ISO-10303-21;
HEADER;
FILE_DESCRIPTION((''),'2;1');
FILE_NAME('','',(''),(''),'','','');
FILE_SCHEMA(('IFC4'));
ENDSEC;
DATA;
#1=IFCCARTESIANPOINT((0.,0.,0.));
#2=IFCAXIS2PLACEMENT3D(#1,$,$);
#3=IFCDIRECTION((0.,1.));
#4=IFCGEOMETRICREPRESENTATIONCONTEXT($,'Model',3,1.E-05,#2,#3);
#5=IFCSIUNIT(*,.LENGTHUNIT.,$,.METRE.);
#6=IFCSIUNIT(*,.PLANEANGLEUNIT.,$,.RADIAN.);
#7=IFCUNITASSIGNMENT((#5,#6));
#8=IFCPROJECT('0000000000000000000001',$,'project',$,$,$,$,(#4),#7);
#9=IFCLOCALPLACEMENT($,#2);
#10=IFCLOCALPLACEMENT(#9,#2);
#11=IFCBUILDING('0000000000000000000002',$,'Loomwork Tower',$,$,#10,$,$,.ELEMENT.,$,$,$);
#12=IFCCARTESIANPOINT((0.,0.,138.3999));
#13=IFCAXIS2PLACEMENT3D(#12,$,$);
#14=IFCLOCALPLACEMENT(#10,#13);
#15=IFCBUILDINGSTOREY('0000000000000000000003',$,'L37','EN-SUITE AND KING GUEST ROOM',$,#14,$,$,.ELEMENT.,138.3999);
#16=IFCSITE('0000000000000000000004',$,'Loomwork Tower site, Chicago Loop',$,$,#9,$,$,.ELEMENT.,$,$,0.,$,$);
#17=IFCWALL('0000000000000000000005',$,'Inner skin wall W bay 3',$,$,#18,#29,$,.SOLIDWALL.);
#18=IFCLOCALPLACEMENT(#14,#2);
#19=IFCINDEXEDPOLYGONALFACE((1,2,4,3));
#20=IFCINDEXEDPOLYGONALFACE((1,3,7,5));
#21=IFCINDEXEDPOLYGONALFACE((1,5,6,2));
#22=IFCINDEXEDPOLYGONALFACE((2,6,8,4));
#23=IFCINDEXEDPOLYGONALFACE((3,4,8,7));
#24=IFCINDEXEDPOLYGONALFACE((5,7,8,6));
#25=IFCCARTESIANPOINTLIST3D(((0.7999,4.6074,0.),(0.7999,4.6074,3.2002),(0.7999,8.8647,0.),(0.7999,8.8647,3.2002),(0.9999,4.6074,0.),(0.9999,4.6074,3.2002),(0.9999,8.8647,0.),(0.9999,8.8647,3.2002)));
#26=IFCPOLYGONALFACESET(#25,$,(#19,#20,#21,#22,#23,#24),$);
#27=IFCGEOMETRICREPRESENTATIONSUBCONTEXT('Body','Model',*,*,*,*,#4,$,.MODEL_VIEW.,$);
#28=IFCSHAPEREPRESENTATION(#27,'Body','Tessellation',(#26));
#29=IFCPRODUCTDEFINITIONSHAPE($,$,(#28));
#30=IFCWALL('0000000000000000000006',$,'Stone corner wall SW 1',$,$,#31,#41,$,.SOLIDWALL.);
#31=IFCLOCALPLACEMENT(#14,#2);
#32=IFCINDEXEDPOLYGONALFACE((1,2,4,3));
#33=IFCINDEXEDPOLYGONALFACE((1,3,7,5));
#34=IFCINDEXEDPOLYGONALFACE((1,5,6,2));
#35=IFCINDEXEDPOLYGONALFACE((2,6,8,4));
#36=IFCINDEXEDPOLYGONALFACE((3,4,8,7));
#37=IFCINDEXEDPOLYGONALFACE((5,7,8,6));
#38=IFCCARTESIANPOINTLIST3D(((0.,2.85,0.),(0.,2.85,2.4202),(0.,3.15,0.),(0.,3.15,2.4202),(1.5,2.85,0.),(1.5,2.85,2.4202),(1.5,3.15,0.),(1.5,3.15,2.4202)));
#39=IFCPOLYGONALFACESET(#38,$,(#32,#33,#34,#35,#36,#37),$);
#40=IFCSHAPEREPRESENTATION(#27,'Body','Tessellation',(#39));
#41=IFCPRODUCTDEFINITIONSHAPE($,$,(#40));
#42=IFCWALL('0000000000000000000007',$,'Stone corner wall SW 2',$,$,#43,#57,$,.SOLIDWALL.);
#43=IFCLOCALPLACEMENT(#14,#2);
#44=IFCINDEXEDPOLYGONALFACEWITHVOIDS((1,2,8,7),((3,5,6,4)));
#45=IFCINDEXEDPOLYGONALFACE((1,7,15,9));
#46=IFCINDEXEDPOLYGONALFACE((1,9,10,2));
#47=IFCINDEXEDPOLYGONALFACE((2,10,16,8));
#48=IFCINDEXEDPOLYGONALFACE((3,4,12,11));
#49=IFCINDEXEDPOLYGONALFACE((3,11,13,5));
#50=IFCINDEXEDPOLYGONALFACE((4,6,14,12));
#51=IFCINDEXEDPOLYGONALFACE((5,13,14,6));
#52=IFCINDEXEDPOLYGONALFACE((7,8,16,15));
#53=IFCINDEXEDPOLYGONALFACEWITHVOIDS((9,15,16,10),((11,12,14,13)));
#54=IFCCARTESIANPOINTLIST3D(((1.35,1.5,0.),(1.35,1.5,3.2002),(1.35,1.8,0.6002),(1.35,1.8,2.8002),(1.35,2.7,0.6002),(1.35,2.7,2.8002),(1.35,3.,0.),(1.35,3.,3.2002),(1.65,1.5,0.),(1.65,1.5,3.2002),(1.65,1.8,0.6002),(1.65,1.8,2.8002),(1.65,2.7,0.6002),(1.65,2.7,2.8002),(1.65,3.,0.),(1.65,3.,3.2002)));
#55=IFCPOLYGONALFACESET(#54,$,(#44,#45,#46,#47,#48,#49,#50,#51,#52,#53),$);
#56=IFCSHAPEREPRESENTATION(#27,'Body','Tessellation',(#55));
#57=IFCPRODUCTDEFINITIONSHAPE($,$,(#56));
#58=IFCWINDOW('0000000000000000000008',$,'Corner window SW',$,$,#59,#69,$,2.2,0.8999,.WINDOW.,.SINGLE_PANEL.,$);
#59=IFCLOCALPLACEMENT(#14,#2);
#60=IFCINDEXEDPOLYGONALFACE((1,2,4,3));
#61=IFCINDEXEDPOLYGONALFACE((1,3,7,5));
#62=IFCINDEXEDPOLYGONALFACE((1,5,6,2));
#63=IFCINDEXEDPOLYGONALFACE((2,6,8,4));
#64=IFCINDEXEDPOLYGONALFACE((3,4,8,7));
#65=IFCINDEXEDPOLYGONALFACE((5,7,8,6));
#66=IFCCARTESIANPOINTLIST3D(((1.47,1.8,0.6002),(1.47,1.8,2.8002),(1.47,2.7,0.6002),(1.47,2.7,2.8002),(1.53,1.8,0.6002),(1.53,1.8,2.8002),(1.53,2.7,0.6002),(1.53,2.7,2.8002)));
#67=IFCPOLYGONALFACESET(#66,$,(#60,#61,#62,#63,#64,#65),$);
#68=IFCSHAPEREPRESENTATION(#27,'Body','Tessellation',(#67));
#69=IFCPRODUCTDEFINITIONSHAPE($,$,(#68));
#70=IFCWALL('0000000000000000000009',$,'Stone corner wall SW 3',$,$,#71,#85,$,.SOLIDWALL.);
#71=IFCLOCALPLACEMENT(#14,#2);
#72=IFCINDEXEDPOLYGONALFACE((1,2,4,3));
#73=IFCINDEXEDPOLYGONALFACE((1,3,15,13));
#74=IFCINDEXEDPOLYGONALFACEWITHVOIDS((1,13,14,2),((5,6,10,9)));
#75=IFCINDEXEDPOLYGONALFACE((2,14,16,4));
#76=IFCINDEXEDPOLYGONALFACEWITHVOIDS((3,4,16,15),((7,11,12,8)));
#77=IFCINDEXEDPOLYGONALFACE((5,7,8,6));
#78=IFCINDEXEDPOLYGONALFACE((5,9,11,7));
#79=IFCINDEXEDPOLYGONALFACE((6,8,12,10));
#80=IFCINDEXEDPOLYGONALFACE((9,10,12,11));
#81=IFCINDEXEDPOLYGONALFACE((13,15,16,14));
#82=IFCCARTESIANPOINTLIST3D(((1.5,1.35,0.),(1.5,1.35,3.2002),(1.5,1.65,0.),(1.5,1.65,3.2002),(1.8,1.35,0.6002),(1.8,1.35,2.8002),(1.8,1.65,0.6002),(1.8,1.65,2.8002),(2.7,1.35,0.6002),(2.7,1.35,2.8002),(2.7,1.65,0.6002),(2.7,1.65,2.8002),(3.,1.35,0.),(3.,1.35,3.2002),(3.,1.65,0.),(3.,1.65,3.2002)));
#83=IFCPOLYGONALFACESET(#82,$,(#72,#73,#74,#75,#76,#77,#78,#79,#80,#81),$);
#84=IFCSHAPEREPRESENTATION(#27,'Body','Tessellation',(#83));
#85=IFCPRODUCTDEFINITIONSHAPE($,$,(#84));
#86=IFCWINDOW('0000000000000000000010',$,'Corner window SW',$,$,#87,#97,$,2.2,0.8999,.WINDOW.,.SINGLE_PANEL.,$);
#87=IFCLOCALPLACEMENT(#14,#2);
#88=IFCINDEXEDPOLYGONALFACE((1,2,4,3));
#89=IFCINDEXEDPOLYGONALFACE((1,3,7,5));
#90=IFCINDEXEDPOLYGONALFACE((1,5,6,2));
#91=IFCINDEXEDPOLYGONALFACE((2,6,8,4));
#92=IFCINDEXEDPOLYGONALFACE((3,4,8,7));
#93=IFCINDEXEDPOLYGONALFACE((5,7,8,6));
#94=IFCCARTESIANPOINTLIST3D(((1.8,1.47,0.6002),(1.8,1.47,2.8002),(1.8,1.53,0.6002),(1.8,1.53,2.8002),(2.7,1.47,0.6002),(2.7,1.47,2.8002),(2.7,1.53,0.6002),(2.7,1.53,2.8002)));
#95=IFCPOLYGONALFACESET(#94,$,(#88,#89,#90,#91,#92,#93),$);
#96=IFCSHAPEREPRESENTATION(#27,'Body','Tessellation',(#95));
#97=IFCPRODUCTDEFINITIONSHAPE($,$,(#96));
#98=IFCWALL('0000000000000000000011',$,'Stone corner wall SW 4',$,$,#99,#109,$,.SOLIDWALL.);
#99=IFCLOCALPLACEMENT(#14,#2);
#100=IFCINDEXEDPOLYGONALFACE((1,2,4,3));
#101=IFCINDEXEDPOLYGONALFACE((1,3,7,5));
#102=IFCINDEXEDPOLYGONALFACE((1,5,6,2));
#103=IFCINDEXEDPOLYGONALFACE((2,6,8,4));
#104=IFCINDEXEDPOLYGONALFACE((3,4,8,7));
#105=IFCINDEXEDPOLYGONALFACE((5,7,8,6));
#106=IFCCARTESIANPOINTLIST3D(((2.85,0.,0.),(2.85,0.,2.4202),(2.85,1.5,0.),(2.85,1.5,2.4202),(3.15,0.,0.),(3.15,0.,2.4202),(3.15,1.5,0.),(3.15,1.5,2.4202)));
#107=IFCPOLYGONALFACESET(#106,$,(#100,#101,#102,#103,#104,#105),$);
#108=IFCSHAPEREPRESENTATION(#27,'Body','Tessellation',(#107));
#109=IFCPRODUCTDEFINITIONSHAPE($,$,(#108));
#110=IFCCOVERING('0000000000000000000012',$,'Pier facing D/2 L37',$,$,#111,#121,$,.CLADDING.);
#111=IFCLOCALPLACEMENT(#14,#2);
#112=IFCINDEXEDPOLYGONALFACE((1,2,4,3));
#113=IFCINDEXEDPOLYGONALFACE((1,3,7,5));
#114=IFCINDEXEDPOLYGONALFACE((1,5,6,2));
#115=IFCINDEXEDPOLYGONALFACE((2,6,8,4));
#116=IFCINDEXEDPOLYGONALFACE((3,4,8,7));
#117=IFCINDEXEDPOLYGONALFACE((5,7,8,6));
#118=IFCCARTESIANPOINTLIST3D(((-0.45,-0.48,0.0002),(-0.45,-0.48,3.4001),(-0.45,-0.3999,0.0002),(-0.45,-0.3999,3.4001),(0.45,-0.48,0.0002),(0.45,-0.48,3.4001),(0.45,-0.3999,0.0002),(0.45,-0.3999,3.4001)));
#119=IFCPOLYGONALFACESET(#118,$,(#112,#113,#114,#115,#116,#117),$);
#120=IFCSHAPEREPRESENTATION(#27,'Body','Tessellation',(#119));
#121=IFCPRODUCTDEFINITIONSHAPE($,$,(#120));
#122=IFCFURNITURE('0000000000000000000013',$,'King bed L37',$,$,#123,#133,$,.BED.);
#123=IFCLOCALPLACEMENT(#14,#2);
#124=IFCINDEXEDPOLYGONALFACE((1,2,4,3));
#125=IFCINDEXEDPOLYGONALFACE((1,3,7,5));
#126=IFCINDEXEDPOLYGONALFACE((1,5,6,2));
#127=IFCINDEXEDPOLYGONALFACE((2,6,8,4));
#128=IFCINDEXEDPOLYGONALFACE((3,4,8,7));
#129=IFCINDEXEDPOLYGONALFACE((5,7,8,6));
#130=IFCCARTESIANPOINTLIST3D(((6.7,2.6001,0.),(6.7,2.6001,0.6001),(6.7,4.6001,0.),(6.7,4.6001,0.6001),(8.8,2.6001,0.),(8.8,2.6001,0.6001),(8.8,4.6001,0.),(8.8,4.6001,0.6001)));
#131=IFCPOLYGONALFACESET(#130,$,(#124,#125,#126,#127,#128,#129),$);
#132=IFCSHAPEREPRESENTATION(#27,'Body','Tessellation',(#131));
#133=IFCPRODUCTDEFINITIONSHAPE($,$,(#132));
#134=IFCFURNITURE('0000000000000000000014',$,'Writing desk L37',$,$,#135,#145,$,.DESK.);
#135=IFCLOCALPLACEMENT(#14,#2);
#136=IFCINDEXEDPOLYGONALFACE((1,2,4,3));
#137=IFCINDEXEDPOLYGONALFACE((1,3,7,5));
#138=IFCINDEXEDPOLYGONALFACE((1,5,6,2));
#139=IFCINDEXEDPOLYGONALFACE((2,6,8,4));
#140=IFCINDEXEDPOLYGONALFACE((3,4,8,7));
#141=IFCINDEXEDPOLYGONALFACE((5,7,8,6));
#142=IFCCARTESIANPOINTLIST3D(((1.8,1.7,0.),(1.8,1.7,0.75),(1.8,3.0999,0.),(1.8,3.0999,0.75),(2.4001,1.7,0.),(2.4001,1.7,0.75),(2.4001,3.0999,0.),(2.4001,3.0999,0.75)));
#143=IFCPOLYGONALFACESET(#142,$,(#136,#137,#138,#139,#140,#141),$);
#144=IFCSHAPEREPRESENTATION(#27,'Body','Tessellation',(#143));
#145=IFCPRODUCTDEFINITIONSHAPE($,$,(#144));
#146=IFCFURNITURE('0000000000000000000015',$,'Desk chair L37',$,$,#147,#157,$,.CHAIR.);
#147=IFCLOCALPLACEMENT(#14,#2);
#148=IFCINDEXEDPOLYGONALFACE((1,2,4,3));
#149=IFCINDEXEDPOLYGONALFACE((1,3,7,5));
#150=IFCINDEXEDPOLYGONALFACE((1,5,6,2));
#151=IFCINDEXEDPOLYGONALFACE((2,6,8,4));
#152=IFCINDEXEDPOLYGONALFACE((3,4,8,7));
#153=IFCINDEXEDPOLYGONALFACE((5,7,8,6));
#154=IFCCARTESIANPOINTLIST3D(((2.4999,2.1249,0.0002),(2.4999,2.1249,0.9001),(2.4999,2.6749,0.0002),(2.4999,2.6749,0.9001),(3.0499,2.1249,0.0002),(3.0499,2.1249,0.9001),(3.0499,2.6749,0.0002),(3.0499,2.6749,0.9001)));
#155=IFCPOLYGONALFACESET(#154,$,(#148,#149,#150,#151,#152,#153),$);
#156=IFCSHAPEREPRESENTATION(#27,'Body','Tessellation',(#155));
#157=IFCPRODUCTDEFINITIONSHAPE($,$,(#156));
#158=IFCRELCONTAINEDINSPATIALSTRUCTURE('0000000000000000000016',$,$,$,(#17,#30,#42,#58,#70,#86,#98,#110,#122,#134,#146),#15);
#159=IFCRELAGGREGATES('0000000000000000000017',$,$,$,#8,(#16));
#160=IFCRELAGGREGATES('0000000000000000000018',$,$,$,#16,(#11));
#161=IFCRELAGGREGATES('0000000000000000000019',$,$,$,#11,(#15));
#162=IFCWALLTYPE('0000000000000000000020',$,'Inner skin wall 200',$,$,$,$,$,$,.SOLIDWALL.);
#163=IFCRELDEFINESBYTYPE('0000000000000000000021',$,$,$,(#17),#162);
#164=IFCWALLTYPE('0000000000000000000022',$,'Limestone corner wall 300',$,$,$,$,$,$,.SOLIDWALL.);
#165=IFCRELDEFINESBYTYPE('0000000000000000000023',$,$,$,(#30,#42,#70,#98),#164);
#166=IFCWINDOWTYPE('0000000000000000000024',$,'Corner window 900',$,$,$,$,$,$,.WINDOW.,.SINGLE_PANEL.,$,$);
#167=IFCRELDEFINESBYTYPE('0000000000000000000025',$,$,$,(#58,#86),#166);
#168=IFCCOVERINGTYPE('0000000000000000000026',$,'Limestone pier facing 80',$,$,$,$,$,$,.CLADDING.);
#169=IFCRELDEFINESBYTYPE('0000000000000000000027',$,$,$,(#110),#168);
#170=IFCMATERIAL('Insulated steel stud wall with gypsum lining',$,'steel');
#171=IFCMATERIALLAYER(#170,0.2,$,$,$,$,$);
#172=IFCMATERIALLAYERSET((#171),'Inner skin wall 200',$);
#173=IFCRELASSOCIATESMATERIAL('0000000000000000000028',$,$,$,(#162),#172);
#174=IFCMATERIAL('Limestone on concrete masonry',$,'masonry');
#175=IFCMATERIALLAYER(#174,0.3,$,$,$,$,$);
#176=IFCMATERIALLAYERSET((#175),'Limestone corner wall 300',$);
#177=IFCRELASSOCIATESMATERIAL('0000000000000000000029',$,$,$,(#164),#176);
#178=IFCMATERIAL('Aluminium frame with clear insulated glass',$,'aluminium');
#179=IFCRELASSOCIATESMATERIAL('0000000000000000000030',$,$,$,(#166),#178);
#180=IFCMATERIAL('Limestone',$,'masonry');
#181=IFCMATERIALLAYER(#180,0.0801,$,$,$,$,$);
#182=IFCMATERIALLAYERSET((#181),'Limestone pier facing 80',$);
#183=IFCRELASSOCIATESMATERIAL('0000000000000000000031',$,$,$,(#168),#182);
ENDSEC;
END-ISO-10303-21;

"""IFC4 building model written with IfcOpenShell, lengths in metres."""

from ifc_helpers import new_model, si_unit, direction, frame, frame_2d, origin, origin_2d, place, context, subcontext, project, spatial, rectangle, extrude, material, layer, layer_set, type_object, element, fill, save


model = new_model("IFC4")

# Units and contexts
model_context = context("Model", 3, precision=1e-05, world=origin(), true_north=direction((0.0, 1.0)))
body_context = subcontext(model_context, "Body", "Model", "MODEL_VIEW")
ifc_project = project(units=[si_unit("LENGTHUNIT", "METRE"), si_unit("PLANEANGLEUNIT", "RADIAN")], contexts=[model_context])

# Site, building, storey
site_placement = place(None, origin())
site = spatial("IfcSite", under=ifc_project, at=site_placement, Name="Loomwork Tower site, Chicago Loop", CompositionType="ELEMENT", RefElevation=0.0)
building_placement = place(site_placement, origin())
building = spatial("IfcBuilding", under=site, at=building_placement, Name="Loomwork Tower", CompositionType="ELEMENT")
storey_placement = place(building_placement, frame((0.0, 0.0, 138.3999)))
storey = spatial("IfcBuildingStorey", under=building, at=storey_placement, Name="L37", Description="EN-SUITE AND KING GUEST ROOM", CompositionType="ELEMENT", Elevation=138.3999)

# Shared definitions
ifc_material_1 = material(Name="Insulated steel stud wall with gypsum lining", Category="steel")
ifc_layer_1 = layer(ifc_material_1, 0.2)
ifc_layer_set_1 = layer_set([ifc_layer_1], Name="Inner skin wall 200")
wall_type_1 = type_object("IfcWallType", Name="Inner skin wall 200", PredefinedType="SOLIDWALL", material=ifc_layer_set_1)

# Walls
wall_1_placement = place(storey_placement, frame((0.8999, 4.6074, 0.0), z_axis=(0.0, 0.0, 1.0), x_axis=(0.0, 1.0, 0.0)))
element("IfcWall", 1, at=wall_1_placement, inside=storey, type_object=wall_type_1, Name="Inner skin wall W bay 3", PredefinedType="SOLIDWALL", context=body_context, shape_type="SweptSolid", body=[
    extrude(rectangle(XDim=4.2573, YDim=0.2, at=frame_2d((2.1287, 0.0))), origin(), (0.0, 0.0, 1.0), 3.2002),
])
ifc_material_2 = material(Name="Limestone on concrete masonry", Category="masonry")
ifc_layer_2 = layer(ifc_material_2, 0.3)
ifc_layer_set_2 = layer_set([ifc_layer_2], Name="Limestone corner wall 300")
wall_type_2 = type_object("IfcWallType", Name="Limestone corner wall 300", PredefinedType="SOLIDWALL", material=ifc_layer_set_2)
wall_2_placement = place(storey_placement, frame((0.0, 3.0, 0.0), z_axis=(0.0, 0.0, 1.0), x_axis=(1.0, 0.0, 0.0)))
element("IfcWall", 2, at=wall_2_placement, inside=storey, type_object=wall_type_2, Name="Stone corner wall SW 1", PredefinedType="SOLIDWALL", context=body_context, shape_type="SweptSolid", body=[
    extrude(rectangle(XDim=1.5, YDim=0.3, at=frame_2d((0.75, 0.0))), origin(), (0.0, 0.0, 1.0), 2.4202),
])

# Walls, openings, windows
wall_3_placement = place(storey_placement, frame((1.5, 3.0, 0.0), z_axis=(0.0, 0.0, 1.0), x_axis=(0.0, -1.0, 0.0)))
wall_3 = element("IfcWall", 3, at=wall_3_placement, inside=storey, type_object=wall_type_2, Name="Stone corner wall SW 2", PredefinedType="SOLIDWALL", context=body_context, shape_type="SweptSolid", body=[
    extrude(rectangle(XDim=1.5, YDim=0.3, at=frame_2d((0.75, 0.0))), origin(), (0.0, 0.0, 1.0), 3.2002),
])
opening_1_placement = place(wall_3_placement, frame((0.3, 0.0, 0.6001)))
opening_1 = element("IfcOpeningElement", 4, at=opening_1_placement, cuts=wall_3, PredefinedType="OPENING", context=body_context, shape_type="SweptSolid", body=[
    extrude(rectangle(XDim=0.8999, YDim=2.2, at=frame_2d((0.45, 1.1001))), frame((0.0, 0.1599, 0.0), z_axis=(0.0, -1.0, 0.0), x_axis=(1.0, 0.0, 0.0)), (0.0, 0.0, 1.0), 0.3201),
])
ifc_material_3 = material(Name="Aluminium frame with clear insulated glass", Category="aluminium")
window_type_1 = type_object("IfcWindowType", Name="Corner window 900", PartitioningType="SINGLE_PANEL", PredefinedType="WINDOW", material=ifc_material_3)
window_1_placement = place(opening_1_placement, origin())
window_1 = element("IfcWindow", 5, at=window_1_placement, inside=storey, type_object=window_type_1, Name="Corner window SW", OverallHeight=2.2, OverallWidth=0.8999, PartitioningType="SINGLE_PANEL", PredefinedType="WINDOW", context=body_context, shape_type="SweptSolid", body=[
    extrude(rectangle(XDim=0.8999, YDim=2.2, at=frame_2d((0.45, 1.1001))), frame((0.0, 0.03, 0.0), z_axis=(0.0, -1.0, 0.0), x_axis=(1.0, 0.0, 0.0)), (0.0, 0.0, 1.0), 0.0601),
])
fill(opening_1, window_1)
wall_4_placement = place(storey_placement, frame((1.5, 1.5, 0.0), z_axis=(0.0, 0.0, 1.0), x_axis=(1.0, 0.0, 0.0)))
wall_4 = element("IfcWall", 6, at=wall_4_placement, inside=storey, type_object=wall_type_2, Name="Stone corner wall SW 3", PredefinedType="SOLIDWALL", context=body_context, shape_type="SweptSolid", body=[
    extrude(rectangle(XDim=1.5, YDim=0.3, at=frame_2d((0.75, 0.0))), origin(), (0.0, 0.0, 1.0), 3.2002),
])
opening_2_placement = place(wall_4_placement, frame((0.3, 0.0, 0.6001)))
opening_2 = element("IfcOpeningElement", 7, at=opening_2_placement, cuts=wall_4, PredefinedType="OPENING", context=body_context, shape_type="SweptSolid", body=[
    extrude(rectangle(XDim=0.8999, YDim=2.2, at=frame_2d((0.45, 1.1001))), frame((0.0, 0.1599, 0.0), z_axis=(0.0, -1.0, 0.0), x_axis=(1.0, 0.0, 0.0)), (0.0, 0.0, 1.0), 0.3201),
])
window_2_placement = place(opening_2_placement, origin())
window_2 = element("IfcWindow", 8, at=window_2_placement, inside=storey, type_object=window_type_1, Name="Corner window SW", OverallHeight=2.2, OverallWidth=0.8999, PartitioningType="SINGLE_PANEL", PredefinedType="WINDOW", context=body_context, shape_type="SweptSolid", body=[
    extrude(rectangle(XDim=0.8999, YDim=2.2, at=frame_2d((0.45, 1.1001))), frame((0.0, 0.03, 0.0), z_axis=(0.0, -1.0, 0.0), x_axis=(1.0, 0.0, 0.0)), (0.0, 0.0, 1.0), 0.0601),
])
fill(opening_2, window_2)

# Wall
wall_5_placement = place(storey_placement, frame((3.0, 1.5, 0.0), z_axis=(0.0, 0.0, 1.0), x_axis=(0.0, -1.0, 0.0)))
element("IfcWall", 9, at=wall_5_placement, inside=storey, type_object=wall_type_2, Name="Stone corner wall SW 4", PredefinedType="SOLIDWALL", context=body_context, shape_type="SweptSolid", body=[
    extrude(rectangle(XDim=1.5, YDim=0.3, at=frame_2d((0.75, 0.0))), origin(), (0.0, 0.0, 1.0), 2.4202),
])

# Covering
ifc_material_4 = material(Name="Limestone", Category="masonry")
ifc_layer_3 = layer(ifc_material_4, 0.0801)
ifc_layer_set_3 = layer_set([ifc_layer_3], Name="Limestone pier facing 80")
covering_type = type_object("IfcCoveringType", Name="Limestone pier facing 80", PredefinedType="CLADDING", material=ifc_layer_set_3)
covering_placement = place(storey_placement, frame((0.0, -0.4399, 0.0002), z_axis=(0.0, 0.0, 1.0), x_axis=(1.0, 0.0, 0.0)))
element("IfcCovering", 10, at=covering_placement, inside=storey, type_object=covering_type, Name="Pier facing D/2 L37", PredefinedType="CLADDING", context=body_context, shape_type="SweptSolid", body=[
    extrude(rectangle(XDim=0.8999, YDim=0.0801, at=origin_2d()), origin(), (0.0, 0.0, 1.0), 3.3999),
])

# Furniture
furniture_1_placement = place(storey_placement, frame((7.75, 3.6001, 0.0), z_axis=(0.0, 0.0, 1.0), x_axis=(1.0, 0.0, 0.0)))
element("IfcFurniture", 11, at=furniture_1_placement, inside=storey, Name="King bed L37", PredefinedType="BED", context=body_context, shape_type="SweptSolid", body=[
    extrude(rectangle(XDim=2.1001, YDim=2.0, at=origin_2d()), origin(), (0.0, 0.0, 1.0), 0.6001),
])
furniture_2_placement = place(storey_placement, frame((2.1001, 2.3999, 0.0), z_axis=(0.0, 0.0, 1.0), x_axis=(1.0, 0.0, 0.0)))
element("IfcFurniture", 12, at=furniture_2_placement, inside=storey, Name="Writing desk L37", PredefinedType="DESK", context=body_context, shape_type="SweptSolid", body=[
    extrude(rectangle(XDim=0.6001, YDim=1.3999, at=origin_2d()), origin(), (0.0, 0.0, 1.0), 0.75),
])
furniture_3_placement = place(storey_placement, frame((2.7749, 2.3999, 0.0002), z_axis=(0.0, 0.0, 1.0), x_axis=(1.0, 0.0, 0.0)))
element("IfcFurniture", 13, at=furniture_3_placement, inside=storey, Name="Desk chair L37", PredefinedType="CHAIR", context=body_context, shape_type="SweptSolid", body=[
    extrude(rectangle(XDim=0.55, YDim=0.55, at=origin_2d()), origin(), (0.0, 0.0, 1.0), 0.8999),
])

save(model, "model.ifc")
